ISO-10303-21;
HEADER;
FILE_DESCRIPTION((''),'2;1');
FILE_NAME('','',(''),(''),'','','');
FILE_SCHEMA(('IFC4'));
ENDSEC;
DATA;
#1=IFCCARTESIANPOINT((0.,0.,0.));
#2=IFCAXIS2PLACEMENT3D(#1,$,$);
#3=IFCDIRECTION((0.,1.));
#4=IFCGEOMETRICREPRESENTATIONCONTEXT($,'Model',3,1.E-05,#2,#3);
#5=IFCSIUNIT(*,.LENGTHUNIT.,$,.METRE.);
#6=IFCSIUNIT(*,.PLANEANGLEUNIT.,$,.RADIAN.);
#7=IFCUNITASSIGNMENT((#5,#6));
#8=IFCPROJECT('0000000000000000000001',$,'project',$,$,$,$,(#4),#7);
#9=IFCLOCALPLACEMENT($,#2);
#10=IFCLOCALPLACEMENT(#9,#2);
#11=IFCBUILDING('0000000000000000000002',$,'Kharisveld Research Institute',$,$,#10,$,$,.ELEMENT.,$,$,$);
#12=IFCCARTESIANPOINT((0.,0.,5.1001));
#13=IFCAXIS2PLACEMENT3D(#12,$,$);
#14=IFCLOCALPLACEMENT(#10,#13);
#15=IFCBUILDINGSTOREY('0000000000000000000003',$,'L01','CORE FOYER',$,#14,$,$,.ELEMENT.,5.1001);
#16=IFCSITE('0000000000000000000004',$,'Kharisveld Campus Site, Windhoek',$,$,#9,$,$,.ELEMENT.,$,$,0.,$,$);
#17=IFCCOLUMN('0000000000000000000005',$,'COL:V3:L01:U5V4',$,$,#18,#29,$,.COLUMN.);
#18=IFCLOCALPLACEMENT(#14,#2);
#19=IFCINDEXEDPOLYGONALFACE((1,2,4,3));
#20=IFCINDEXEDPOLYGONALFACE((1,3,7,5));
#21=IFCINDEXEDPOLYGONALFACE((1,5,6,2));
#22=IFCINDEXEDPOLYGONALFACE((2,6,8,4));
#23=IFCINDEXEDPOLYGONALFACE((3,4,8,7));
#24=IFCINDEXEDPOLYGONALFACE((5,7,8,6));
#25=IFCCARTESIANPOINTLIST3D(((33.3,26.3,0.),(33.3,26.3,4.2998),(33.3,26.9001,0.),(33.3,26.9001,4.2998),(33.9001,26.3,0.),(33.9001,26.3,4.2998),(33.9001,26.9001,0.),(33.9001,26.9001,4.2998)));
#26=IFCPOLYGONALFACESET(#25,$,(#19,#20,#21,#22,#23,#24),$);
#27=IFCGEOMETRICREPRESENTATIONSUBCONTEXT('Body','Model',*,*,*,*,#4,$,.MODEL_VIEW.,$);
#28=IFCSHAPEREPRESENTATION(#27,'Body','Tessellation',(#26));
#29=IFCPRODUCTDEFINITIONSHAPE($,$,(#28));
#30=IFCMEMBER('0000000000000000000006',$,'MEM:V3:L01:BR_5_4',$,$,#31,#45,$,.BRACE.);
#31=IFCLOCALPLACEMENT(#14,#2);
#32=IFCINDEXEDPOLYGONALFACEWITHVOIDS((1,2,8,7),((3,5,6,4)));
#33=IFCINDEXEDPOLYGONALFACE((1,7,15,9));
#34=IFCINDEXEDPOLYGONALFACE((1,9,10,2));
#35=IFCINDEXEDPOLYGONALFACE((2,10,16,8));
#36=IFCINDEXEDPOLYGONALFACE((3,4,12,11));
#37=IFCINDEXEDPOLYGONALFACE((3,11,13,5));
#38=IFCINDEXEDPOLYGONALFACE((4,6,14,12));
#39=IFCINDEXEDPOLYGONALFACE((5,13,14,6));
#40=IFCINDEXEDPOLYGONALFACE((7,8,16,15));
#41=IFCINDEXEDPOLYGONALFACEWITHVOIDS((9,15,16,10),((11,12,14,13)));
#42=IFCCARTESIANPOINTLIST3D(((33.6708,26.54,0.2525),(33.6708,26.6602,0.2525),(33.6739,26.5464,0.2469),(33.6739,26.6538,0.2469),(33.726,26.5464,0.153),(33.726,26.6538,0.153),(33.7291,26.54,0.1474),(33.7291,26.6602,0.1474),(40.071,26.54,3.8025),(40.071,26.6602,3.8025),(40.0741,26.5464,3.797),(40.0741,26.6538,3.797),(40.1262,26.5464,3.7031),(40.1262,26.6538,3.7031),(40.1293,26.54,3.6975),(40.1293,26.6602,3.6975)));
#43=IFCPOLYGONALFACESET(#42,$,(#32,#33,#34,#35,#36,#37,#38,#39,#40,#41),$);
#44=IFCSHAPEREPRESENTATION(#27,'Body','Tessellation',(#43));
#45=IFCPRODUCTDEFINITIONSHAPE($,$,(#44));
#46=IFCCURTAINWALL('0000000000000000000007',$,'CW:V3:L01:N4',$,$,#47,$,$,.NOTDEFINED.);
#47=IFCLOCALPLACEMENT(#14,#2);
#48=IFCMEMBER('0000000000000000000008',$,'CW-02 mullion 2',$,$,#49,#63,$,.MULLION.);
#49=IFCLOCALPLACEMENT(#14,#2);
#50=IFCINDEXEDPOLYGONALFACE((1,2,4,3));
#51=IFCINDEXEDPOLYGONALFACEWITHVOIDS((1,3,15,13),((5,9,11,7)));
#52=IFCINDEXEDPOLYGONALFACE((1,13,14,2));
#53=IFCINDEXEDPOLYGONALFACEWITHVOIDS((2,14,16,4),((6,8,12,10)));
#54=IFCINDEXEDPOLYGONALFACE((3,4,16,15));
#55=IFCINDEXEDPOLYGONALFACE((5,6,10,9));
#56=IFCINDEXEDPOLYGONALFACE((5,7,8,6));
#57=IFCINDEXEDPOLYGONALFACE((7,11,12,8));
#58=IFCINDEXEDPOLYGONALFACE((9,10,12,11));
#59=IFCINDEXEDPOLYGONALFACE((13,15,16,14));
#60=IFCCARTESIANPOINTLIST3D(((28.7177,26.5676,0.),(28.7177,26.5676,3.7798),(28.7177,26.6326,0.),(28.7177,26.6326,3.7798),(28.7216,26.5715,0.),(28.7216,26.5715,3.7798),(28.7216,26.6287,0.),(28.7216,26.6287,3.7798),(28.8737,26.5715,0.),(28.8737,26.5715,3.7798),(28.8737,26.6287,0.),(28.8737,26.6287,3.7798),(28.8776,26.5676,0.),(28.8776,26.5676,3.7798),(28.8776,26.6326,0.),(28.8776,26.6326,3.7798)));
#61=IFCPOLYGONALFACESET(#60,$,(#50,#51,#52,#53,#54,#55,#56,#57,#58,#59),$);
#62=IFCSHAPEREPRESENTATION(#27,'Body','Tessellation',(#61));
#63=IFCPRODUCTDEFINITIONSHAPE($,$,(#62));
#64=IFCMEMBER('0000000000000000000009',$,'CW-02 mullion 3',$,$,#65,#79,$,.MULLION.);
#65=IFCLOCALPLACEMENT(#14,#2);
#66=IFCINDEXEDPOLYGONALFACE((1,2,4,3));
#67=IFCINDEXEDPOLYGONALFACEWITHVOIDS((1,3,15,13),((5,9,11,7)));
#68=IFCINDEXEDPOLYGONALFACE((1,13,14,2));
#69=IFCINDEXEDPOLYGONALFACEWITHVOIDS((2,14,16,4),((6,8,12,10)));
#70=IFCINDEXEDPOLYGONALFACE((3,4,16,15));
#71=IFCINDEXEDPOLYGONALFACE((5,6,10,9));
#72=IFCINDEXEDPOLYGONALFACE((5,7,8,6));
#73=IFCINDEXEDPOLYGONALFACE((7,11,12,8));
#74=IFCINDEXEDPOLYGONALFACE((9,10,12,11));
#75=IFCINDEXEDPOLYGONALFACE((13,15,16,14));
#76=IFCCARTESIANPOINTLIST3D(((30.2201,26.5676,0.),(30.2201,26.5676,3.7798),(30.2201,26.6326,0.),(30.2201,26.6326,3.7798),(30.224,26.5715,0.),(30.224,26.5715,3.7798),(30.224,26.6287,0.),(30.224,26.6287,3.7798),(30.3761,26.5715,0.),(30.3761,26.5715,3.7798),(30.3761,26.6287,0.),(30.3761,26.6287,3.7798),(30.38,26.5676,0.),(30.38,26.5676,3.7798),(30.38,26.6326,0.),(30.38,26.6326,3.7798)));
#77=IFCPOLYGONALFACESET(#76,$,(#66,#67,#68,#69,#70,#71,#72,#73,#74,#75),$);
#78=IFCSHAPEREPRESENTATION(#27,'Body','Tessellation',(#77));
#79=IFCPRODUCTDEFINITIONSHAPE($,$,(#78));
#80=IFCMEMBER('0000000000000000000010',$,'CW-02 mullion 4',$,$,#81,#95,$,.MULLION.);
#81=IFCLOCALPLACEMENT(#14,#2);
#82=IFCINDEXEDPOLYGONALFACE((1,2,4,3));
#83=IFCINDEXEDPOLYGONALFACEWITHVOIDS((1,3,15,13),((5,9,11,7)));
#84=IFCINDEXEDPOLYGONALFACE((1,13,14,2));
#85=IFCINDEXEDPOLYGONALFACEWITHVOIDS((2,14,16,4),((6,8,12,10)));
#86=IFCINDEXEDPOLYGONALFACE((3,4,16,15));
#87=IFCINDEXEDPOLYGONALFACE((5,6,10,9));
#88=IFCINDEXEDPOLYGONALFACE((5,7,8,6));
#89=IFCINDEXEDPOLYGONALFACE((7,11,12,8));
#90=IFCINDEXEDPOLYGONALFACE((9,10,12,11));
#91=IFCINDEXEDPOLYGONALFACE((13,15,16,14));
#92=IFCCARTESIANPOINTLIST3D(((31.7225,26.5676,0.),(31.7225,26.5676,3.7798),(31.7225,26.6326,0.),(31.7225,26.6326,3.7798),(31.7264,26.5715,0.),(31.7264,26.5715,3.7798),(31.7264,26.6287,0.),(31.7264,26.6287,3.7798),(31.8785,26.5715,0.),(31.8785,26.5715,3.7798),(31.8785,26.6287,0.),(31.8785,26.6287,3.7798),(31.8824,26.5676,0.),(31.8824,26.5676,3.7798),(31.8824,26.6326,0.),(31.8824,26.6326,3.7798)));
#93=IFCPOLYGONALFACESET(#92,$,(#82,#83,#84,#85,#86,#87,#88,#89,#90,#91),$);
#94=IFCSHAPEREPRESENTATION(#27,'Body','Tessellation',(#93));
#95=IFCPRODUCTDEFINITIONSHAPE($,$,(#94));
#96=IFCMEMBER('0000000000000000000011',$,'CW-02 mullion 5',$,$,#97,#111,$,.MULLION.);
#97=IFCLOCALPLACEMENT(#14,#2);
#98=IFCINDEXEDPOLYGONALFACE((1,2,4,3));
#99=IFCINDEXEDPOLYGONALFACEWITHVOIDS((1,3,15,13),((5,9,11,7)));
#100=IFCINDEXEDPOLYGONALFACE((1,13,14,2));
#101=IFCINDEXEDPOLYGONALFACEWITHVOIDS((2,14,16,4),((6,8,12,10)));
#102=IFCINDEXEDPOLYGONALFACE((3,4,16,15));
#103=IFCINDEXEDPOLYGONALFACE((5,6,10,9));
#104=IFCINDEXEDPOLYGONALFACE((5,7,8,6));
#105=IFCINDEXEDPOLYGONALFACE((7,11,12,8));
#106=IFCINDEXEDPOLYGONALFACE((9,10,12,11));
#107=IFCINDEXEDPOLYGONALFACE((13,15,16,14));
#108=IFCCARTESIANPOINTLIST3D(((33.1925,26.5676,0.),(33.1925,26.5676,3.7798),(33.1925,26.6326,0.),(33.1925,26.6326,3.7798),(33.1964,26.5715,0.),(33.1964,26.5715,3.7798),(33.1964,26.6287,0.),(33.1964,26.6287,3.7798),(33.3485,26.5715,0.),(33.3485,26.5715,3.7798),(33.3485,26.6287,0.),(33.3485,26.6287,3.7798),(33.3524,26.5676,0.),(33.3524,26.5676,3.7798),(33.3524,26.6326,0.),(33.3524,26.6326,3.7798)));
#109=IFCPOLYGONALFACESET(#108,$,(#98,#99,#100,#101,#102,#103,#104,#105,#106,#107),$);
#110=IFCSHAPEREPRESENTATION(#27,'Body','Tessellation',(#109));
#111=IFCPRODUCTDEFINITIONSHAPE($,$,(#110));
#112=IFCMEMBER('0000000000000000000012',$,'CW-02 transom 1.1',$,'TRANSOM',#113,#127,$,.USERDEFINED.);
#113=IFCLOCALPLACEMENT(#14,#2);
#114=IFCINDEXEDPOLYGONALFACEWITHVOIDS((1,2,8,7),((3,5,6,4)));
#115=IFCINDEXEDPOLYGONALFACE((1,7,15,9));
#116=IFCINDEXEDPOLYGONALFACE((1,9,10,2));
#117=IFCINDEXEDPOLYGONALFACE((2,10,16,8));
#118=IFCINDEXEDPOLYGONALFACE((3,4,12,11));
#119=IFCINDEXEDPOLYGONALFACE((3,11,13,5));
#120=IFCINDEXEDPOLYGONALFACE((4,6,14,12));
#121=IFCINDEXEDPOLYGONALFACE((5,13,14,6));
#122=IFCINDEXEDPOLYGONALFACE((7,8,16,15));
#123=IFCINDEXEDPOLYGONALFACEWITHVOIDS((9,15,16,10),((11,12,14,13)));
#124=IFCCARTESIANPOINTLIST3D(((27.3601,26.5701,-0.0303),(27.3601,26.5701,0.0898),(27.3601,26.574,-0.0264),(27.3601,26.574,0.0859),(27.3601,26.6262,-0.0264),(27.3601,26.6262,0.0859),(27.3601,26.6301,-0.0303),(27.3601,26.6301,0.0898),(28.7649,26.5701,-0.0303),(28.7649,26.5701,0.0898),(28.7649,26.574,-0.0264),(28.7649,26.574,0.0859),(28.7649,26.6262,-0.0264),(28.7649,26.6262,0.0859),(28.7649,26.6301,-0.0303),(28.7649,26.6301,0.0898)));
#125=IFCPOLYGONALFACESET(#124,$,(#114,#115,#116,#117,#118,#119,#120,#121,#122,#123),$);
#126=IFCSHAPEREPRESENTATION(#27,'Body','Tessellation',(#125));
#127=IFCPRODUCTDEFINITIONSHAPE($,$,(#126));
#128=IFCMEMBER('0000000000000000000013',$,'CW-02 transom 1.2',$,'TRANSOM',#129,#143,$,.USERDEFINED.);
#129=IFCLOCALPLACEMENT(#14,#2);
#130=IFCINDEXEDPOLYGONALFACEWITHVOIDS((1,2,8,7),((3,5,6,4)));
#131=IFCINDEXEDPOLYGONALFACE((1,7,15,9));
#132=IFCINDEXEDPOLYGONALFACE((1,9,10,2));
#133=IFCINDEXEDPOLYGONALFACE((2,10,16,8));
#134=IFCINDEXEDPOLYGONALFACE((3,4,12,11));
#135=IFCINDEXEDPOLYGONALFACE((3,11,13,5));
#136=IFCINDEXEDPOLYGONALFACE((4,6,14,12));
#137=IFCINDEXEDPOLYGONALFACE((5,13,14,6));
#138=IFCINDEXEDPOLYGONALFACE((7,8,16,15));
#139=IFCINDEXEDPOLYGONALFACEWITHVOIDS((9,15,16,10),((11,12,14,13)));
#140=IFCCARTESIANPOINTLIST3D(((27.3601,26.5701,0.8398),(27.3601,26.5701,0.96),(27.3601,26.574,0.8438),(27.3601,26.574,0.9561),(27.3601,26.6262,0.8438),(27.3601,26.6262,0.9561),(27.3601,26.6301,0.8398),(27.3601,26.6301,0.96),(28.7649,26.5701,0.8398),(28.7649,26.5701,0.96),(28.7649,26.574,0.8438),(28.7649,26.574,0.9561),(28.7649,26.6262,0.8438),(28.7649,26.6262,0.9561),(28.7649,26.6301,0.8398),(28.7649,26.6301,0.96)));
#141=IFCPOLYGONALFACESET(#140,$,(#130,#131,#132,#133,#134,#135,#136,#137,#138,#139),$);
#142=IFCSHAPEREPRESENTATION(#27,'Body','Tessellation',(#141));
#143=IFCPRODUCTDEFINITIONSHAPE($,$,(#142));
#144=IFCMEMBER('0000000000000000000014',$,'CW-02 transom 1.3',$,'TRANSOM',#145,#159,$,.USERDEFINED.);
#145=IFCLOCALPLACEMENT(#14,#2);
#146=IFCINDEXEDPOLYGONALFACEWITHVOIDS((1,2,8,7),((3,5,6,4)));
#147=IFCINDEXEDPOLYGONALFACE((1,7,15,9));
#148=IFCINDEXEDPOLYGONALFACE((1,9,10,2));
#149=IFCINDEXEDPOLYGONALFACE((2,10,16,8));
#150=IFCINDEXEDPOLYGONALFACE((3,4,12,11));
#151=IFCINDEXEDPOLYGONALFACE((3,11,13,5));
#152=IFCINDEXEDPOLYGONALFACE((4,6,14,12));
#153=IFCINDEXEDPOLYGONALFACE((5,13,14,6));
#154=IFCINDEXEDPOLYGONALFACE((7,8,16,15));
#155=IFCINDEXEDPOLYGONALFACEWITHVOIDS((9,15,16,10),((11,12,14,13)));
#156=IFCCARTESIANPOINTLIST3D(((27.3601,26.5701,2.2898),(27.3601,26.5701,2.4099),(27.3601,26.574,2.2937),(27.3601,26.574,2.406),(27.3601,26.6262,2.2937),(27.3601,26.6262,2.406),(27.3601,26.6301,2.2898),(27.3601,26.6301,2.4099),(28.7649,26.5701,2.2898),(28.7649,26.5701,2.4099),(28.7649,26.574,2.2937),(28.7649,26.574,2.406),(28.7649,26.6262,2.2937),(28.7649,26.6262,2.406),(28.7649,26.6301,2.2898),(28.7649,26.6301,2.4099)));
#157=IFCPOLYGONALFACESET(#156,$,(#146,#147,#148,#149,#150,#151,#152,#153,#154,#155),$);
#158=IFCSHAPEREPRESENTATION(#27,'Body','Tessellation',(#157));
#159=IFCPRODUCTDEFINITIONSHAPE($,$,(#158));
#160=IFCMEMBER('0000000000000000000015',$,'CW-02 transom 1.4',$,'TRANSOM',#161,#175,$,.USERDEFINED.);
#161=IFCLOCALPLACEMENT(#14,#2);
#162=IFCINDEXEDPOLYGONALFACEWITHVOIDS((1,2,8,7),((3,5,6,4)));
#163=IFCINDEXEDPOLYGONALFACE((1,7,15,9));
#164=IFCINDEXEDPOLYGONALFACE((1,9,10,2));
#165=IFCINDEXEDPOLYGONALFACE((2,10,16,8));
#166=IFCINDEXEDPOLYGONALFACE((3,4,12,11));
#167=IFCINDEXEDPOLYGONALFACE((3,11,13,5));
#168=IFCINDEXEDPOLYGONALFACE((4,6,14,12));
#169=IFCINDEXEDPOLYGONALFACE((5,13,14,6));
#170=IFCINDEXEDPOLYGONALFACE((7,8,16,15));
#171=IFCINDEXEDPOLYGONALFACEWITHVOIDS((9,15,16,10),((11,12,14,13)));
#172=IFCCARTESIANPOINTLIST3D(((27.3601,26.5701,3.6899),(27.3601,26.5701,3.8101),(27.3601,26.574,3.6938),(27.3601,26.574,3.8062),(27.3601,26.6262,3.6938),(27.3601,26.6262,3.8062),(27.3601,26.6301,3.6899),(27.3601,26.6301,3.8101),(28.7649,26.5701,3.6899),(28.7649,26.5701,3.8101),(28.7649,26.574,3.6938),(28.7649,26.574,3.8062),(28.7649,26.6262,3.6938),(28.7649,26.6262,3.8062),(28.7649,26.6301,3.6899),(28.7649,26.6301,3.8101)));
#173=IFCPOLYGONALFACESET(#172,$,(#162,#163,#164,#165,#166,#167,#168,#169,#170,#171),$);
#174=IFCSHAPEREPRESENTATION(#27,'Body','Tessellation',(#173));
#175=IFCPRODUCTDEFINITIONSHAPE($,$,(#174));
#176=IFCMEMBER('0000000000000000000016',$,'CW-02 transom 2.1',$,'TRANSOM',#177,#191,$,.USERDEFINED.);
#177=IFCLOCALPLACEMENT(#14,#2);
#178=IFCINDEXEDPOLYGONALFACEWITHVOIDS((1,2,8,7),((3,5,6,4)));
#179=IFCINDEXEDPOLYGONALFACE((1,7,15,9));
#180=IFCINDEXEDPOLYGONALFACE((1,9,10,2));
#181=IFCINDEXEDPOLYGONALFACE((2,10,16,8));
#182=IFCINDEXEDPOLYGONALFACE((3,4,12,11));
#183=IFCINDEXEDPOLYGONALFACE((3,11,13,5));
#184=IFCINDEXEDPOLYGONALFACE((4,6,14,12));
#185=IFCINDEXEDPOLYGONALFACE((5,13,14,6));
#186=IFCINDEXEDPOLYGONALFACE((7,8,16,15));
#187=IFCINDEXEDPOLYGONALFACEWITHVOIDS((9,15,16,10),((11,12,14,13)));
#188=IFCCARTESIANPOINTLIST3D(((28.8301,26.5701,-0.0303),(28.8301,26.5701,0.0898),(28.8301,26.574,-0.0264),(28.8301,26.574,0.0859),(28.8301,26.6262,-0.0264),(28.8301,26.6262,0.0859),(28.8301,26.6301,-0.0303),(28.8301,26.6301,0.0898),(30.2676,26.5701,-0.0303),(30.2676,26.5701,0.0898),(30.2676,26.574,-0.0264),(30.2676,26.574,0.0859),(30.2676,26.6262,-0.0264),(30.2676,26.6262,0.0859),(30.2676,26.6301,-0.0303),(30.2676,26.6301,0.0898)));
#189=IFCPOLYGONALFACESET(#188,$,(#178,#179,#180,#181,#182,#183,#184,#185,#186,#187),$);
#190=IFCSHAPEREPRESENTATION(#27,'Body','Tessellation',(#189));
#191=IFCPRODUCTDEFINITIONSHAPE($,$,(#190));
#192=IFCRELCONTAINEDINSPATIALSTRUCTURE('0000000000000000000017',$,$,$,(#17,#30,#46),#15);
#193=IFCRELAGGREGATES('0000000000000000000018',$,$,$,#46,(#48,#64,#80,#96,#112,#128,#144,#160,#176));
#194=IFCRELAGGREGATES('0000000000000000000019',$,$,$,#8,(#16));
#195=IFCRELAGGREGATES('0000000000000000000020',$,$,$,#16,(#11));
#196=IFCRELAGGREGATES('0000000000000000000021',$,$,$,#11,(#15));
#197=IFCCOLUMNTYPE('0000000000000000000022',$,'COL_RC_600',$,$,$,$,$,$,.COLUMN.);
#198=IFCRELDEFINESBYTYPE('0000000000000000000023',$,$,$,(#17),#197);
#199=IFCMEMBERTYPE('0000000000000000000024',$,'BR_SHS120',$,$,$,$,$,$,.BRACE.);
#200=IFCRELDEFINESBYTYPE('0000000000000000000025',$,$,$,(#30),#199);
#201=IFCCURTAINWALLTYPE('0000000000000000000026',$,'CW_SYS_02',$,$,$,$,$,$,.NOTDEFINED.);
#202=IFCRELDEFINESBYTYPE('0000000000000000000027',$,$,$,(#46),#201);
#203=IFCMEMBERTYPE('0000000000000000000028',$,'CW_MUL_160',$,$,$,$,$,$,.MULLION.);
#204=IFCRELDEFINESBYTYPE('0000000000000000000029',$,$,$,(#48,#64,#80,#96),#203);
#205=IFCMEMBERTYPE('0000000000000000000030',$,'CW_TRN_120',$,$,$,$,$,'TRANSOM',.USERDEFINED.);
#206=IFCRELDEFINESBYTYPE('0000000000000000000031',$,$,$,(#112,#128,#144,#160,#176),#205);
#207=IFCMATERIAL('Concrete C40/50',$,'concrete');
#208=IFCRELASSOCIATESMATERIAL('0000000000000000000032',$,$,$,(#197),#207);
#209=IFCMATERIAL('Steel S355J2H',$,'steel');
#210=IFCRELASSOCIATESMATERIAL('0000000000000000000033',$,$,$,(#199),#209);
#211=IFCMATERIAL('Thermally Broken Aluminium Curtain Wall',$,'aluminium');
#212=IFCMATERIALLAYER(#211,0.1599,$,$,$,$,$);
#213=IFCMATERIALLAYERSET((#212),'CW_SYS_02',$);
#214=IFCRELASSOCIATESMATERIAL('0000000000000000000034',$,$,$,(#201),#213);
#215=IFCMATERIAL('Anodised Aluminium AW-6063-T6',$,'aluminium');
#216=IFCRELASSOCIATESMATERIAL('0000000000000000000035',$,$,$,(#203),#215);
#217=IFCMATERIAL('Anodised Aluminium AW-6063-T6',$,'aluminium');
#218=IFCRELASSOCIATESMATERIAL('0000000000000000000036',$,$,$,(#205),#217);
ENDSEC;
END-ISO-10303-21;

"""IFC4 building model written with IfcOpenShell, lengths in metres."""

from ifc_helpers import new_model, si_unit, direction, frame, origin, origin_2d, place, context, subcontext, project, spatial, rectangle, hollow_rectangle, extrude, material, layer, layer_set, material_profile, profile_set, type_object, element, aggregate, save


model = new_model("IFC4")

# Units and contexts
model_context = context("Model", 3, precision=1e-05, world=origin(), true_north=direction((0.0, 1.0)))
body_context = subcontext(model_context, "Body", "Model", "MODEL_VIEW")
ifc_project = project(units=[si_unit("LENGTHUNIT", "METRE"), si_unit("PLANEANGLEUNIT", "RADIAN")], contexts=[model_context])

# Site, building, storey
site_placement = place(None, origin())
site = spatial("IfcSite", under=ifc_project, at=site_placement, Name="Kharisveld Campus Site, Windhoek", CompositionType="ELEMENT", RefElevation=0.0)
building_placement = place(site_placement, origin())
building = spatial("IfcBuilding", under=site, at=building_placement, Name="Kharisveld Research Institute", CompositionType="ELEMENT")
storey_placement = place(building_placement, frame((0.0, 0.0, 5.1001)))
storey = spatial("IfcBuildingStorey", under=building, at=storey_placement, Name="L01", Description="CORE FOYER", CompositionType="ELEMENT", Elevation=5.1001)

# Column
ifc_material_1 = material(Name="Concrete C40/50", Category="concrete")
ifc_material_profile_1 = material_profile(ifc_material_1, rectangle(XDim=0.6001, YDim=0.6001, at=origin_2d()))
ifc_profile_set_1 = profile_set([ifc_material_profile_1], Name="Concrete C40/50")
column_type = type_object("IfcColumnType", Name="COL_RC_600", PredefinedType="COLUMN", material=ifc_profile_set_1)
column_placement = place(storey_placement, frame((33.6001, 26.6001, 0.0), z_axis=(0.0, 0.0, 1.0), x_axis=(1.0, 0.0, 0.0)))
element("IfcColumn", 1, at=column_placement, inside=storey, type_object=column_type, Name="COL:V3:L01:U5V4", PredefinedType="COLUMN", context=body_context, shape_type="SweptSolid", body=[
    extrude(rectangle(XDim=0.6001, YDim=0.6001, at=origin_2d()), origin(), (0.0, 0.0, 1.0), 4.2998),
])

# Member
ifc_material_2 = material(Name="Steel S355J2H", Category="steel")
ifc_material_profile_2 = material_profile(ifc_material_2, hollow_rectangle(XDim=0.1201, YDim=0.1201, WallThickness=0.0063, at=origin_2d()))
ifc_profile_set_2 = profile_set([ifc_material_profile_2], Name="Steel S355J2H")
member_type_1 = type_object("IfcMemberType", Name="BR_SHS120", PredefinedType="BRACE", material=ifc_profile_set_2)
member_1_placement = place(storey_placement, frame((33.7, 26.6001, 0.2), z_axis=(0.874481, 0.0, 0.485059), x_axis=(0.0, 1.0, 0.0)))
element("IfcMember", 2, at=member_1_placement, inside=storey, type_object=member_type_1, Name="MEM:V3:L01:BR_5_4", PredefinedType="BRACE", context=body_context, shape_type="SweptSolid", body=[
    extrude(hollow_rectangle(XDim=0.1201, YDim=0.1201, WallThickness=0.0063, at=origin_2d()), origin(), (0.0, 0.0, 1.0), 7.3188),
])

# Curtain wall, members
ifc_material_3 = material(Name="Thermally Broken Aluminium Curtain Wall", Category="aluminium")
ifc_layer_1 = layer(ifc_material_3, 0.1599)
ifc_layer_set_1 = layer_set([ifc_layer_1], Name="CW_SYS_02")
curtain_wall_type = type_object("IfcCurtainWallType", Name="CW_SYS_02", PredefinedType="NOTDEFINED", material=ifc_layer_set_1)
curtain_wall_placement = place(storey_placement, origin())
curtain_wall = element("IfcCurtainWall", 3, at=curtain_wall_placement, inside=storey, type_object=curtain_wall_type, Name="CW:V3:L01:N4", PredefinedType="NOTDEFINED")
ifc_material_4 = material(Name="Anodised Aluminium AW-6063-T6", Category="aluminium")
ifc_material_profile_3 = material_profile(ifc_material_4, hollow_rectangle(XDim=0.0649, YDim=0.1599, WallThickness=0.0039, at=origin_2d()))
ifc_profile_set_3 = profile_set([ifc_material_profile_3], Name="Anodised Aluminium AW-6063-T6")
member_type_2 = type_object("IfcMemberType", Name="CW_MUL_160", PredefinedType="MULLION", material=ifc_profile_set_3)
member_2_placement = place(storey_placement, frame((28.7976, 26.6001, 0.0), z_axis=(0.0, 0.0, 1.0), x_axis=(0.0, 1.0, 0.0)))
member_2 = element("IfcMember", 4, at=member_2_placement, type_object=member_type_2, Name="CW-02 mullion 2", PredefinedType="MULLION", context=body_context, shape_type="SweptSolid", body=[
    extrude(hollow_rectangle(XDim=0.0649, YDim=0.1599, WallThickness=0.0039, at=origin_2d()), origin(), (0.0, 0.0, 1.0), 3.7798),
])
member_3_placement = place(storey_placement, frame((30.3, 26.6001, 0.0), z_axis=(0.0, 0.0, 1.0), x_axis=(0.0, 1.0, 0.0)))
member_3 = element("IfcMember", 5, at=member_3_placement, type_object=member_type_2, Name="CW-02 mullion 3", PredefinedType="MULLION", context=body_context, shape_type="SweptSolid", body=[
    extrude(hollow_rectangle(XDim=0.0649, YDim=0.1599, WallThickness=0.0039, at=origin_2d()), origin(), (0.0, 0.0, 1.0), 3.7798),
])
member_4_placement = place(storey_placement, frame((31.8025, 26.6001, 0.0), z_axis=(0.0, 0.0, 1.0), x_axis=(0.0, 1.0, 0.0)))
member_4 = element("IfcMember", 6, at=member_4_placement, type_object=member_type_2, Name="CW-02 mullion 4", PredefinedType="MULLION", context=body_context, shape_type="SweptSolid", body=[
    extrude(hollow_rectangle(XDim=0.0649, YDim=0.1599, WallThickness=0.0039, at=origin_2d()), origin(), (0.0, 0.0, 1.0), 3.7798),
])
member_5_placement = place(storey_placement, frame((33.2725, 26.6001, 0.0), z_axis=(0.0, 0.0, 1.0), x_axis=(0.0, 1.0, 0.0)))
member_5 = element("IfcMember", 7, at=member_5_placement, type_object=member_type_2, Name="CW-02 mullion 5", PredefinedType="MULLION", context=body_context, shape_type="SweptSolid", body=[
    extrude(hollow_rectangle(XDim=0.0649, YDim=0.1599, WallThickness=0.0039, at=origin_2d()), origin(), (0.0, 0.0, 1.0), 3.7798),
])
ifc_material_5 = material(Name="Anodised Aluminium AW-6063-T6", Category="aluminium")
ifc_material_profile_4 = material_profile(ifc_material_5, hollow_rectangle(XDim=0.0601, YDim=0.1201, WallThickness=0.0039, at=origin_2d()))
ifc_profile_set_4 = profile_set([ifc_material_profile_4], Name="Anodised Aluminium AW-6063-T6")
member_type_3 = type_object("IfcMemberType", Name="CW_TRN_120", ElementType="TRANSOM", PredefinedType="USERDEFINED", material=ifc_profile_set_4)
member_6_placement = place(storey_placement, frame((27.3601, 26.6001, 0.0298), z_axis=(1.0, 0.0, 0.0), x_axis=(0.0, 1.0, 0.0)))
member_6 = element("IfcMember", 8, at=member_6_placement, type_object=member_type_3, Name="CW-02 transom 1.1", ObjectType="TRANSOM", PredefinedType="USERDEFINED", context=body_context, shape_type="SweptSolid", body=[
    extrude(hollow_rectangle(XDim=0.0601, YDim=0.1201, WallThickness=0.0039, at=origin_2d()), origin(), (0.0, 0.0, 1.0), 1.4048),
])
member_7_placement = place(storey_placement, frame((27.3601, 26.6001, 0.8999), z_axis=(1.0, 0.0, 0.0), x_axis=(0.0, 1.0, 0.0)))
member_7 = element("IfcMember", 9, at=member_7_placement, type_object=member_type_3, Name="CW-02 transom 1.2", ObjectType="TRANSOM", PredefinedType="USERDEFINED", context=body_context, shape_type="SweptSolid", body=[
    extrude(hollow_rectangle(XDim=0.0601, YDim=0.1201, WallThickness=0.0039, at=origin_2d()), origin(), (0.0, 0.0, 1.0), 1.4048),
])
member_8_placement = place(storey_placement, frame((27.3601, 26.6001, 2.3499), z_axis=(1.0, 0.0, 0.0), x_axis=(0.0, 1.0, 0.0)))
member_8 = element("IfcMember", 10, at=member_8_placement, type_object=member_type_3, Name="CW-02 transom 1.3", ObjectType="TRANSOM", PredefinedType="USERDEFINED", context=body_context, shape_type="SweptSolid", body=[
    extrude(hollow_rectangle(XDim=0.0601, YDim=0.1201, WallThickness=0.0039, at=origin_2d()), origin(), (0.0, 0.0, 1.0), 1.4048),
])
member_9_placement = place(storey_placement, frame((27.3601, 26.6001, 3.75), z_axis=(1.0, 0.0, 0.0), x_axis=(0.0, 1.0, 0.0)))
member_9 = element("IfcMember", 11, at=member_9_placement, type_object=member_type_3, Name="CW-02 transom 1.4", ObjectType="TRANSOM", PredefinedType="USERDEFINED", context=body_context, shape_type="SweptSolid", body=[
    extrude(hollow_rectangle(XDim=0.0601, YDim=0.1201, WallThickness=0.0039, at=origin_2d()), origin(), (0.0, 0.0, 1.0), 1.4048),
])
member_10_placement = place(storey_placement, frame((28.8301, 26.6001, 0.0298), z_axis=(1.0, 0.0, 0.0), x_axis=(0.0, 1.0, 0.0)))
member_10 = element("IfcMember", 12, at=member_10_placement, type_object=member_type_3, Name="CW-02 transom 2.1", ObjectType="TRANSOM", PredefinedType="USERDEFINED", context=body_context, shape_type="SweptSolid", body=[
    extrude(hollow_rectangle(XDim=0.0601, YDim=0.1201, WallThickness=0.0039, at=origin_2d()), origin(), (0.0, 0.0, 1.0), 1.4375),
])
aggregate(curtain_wall, [member_2, member_3, member_4, member_5, member_6, member_7, member_8, member_9, member_10])

save(model, "model.ifc")
